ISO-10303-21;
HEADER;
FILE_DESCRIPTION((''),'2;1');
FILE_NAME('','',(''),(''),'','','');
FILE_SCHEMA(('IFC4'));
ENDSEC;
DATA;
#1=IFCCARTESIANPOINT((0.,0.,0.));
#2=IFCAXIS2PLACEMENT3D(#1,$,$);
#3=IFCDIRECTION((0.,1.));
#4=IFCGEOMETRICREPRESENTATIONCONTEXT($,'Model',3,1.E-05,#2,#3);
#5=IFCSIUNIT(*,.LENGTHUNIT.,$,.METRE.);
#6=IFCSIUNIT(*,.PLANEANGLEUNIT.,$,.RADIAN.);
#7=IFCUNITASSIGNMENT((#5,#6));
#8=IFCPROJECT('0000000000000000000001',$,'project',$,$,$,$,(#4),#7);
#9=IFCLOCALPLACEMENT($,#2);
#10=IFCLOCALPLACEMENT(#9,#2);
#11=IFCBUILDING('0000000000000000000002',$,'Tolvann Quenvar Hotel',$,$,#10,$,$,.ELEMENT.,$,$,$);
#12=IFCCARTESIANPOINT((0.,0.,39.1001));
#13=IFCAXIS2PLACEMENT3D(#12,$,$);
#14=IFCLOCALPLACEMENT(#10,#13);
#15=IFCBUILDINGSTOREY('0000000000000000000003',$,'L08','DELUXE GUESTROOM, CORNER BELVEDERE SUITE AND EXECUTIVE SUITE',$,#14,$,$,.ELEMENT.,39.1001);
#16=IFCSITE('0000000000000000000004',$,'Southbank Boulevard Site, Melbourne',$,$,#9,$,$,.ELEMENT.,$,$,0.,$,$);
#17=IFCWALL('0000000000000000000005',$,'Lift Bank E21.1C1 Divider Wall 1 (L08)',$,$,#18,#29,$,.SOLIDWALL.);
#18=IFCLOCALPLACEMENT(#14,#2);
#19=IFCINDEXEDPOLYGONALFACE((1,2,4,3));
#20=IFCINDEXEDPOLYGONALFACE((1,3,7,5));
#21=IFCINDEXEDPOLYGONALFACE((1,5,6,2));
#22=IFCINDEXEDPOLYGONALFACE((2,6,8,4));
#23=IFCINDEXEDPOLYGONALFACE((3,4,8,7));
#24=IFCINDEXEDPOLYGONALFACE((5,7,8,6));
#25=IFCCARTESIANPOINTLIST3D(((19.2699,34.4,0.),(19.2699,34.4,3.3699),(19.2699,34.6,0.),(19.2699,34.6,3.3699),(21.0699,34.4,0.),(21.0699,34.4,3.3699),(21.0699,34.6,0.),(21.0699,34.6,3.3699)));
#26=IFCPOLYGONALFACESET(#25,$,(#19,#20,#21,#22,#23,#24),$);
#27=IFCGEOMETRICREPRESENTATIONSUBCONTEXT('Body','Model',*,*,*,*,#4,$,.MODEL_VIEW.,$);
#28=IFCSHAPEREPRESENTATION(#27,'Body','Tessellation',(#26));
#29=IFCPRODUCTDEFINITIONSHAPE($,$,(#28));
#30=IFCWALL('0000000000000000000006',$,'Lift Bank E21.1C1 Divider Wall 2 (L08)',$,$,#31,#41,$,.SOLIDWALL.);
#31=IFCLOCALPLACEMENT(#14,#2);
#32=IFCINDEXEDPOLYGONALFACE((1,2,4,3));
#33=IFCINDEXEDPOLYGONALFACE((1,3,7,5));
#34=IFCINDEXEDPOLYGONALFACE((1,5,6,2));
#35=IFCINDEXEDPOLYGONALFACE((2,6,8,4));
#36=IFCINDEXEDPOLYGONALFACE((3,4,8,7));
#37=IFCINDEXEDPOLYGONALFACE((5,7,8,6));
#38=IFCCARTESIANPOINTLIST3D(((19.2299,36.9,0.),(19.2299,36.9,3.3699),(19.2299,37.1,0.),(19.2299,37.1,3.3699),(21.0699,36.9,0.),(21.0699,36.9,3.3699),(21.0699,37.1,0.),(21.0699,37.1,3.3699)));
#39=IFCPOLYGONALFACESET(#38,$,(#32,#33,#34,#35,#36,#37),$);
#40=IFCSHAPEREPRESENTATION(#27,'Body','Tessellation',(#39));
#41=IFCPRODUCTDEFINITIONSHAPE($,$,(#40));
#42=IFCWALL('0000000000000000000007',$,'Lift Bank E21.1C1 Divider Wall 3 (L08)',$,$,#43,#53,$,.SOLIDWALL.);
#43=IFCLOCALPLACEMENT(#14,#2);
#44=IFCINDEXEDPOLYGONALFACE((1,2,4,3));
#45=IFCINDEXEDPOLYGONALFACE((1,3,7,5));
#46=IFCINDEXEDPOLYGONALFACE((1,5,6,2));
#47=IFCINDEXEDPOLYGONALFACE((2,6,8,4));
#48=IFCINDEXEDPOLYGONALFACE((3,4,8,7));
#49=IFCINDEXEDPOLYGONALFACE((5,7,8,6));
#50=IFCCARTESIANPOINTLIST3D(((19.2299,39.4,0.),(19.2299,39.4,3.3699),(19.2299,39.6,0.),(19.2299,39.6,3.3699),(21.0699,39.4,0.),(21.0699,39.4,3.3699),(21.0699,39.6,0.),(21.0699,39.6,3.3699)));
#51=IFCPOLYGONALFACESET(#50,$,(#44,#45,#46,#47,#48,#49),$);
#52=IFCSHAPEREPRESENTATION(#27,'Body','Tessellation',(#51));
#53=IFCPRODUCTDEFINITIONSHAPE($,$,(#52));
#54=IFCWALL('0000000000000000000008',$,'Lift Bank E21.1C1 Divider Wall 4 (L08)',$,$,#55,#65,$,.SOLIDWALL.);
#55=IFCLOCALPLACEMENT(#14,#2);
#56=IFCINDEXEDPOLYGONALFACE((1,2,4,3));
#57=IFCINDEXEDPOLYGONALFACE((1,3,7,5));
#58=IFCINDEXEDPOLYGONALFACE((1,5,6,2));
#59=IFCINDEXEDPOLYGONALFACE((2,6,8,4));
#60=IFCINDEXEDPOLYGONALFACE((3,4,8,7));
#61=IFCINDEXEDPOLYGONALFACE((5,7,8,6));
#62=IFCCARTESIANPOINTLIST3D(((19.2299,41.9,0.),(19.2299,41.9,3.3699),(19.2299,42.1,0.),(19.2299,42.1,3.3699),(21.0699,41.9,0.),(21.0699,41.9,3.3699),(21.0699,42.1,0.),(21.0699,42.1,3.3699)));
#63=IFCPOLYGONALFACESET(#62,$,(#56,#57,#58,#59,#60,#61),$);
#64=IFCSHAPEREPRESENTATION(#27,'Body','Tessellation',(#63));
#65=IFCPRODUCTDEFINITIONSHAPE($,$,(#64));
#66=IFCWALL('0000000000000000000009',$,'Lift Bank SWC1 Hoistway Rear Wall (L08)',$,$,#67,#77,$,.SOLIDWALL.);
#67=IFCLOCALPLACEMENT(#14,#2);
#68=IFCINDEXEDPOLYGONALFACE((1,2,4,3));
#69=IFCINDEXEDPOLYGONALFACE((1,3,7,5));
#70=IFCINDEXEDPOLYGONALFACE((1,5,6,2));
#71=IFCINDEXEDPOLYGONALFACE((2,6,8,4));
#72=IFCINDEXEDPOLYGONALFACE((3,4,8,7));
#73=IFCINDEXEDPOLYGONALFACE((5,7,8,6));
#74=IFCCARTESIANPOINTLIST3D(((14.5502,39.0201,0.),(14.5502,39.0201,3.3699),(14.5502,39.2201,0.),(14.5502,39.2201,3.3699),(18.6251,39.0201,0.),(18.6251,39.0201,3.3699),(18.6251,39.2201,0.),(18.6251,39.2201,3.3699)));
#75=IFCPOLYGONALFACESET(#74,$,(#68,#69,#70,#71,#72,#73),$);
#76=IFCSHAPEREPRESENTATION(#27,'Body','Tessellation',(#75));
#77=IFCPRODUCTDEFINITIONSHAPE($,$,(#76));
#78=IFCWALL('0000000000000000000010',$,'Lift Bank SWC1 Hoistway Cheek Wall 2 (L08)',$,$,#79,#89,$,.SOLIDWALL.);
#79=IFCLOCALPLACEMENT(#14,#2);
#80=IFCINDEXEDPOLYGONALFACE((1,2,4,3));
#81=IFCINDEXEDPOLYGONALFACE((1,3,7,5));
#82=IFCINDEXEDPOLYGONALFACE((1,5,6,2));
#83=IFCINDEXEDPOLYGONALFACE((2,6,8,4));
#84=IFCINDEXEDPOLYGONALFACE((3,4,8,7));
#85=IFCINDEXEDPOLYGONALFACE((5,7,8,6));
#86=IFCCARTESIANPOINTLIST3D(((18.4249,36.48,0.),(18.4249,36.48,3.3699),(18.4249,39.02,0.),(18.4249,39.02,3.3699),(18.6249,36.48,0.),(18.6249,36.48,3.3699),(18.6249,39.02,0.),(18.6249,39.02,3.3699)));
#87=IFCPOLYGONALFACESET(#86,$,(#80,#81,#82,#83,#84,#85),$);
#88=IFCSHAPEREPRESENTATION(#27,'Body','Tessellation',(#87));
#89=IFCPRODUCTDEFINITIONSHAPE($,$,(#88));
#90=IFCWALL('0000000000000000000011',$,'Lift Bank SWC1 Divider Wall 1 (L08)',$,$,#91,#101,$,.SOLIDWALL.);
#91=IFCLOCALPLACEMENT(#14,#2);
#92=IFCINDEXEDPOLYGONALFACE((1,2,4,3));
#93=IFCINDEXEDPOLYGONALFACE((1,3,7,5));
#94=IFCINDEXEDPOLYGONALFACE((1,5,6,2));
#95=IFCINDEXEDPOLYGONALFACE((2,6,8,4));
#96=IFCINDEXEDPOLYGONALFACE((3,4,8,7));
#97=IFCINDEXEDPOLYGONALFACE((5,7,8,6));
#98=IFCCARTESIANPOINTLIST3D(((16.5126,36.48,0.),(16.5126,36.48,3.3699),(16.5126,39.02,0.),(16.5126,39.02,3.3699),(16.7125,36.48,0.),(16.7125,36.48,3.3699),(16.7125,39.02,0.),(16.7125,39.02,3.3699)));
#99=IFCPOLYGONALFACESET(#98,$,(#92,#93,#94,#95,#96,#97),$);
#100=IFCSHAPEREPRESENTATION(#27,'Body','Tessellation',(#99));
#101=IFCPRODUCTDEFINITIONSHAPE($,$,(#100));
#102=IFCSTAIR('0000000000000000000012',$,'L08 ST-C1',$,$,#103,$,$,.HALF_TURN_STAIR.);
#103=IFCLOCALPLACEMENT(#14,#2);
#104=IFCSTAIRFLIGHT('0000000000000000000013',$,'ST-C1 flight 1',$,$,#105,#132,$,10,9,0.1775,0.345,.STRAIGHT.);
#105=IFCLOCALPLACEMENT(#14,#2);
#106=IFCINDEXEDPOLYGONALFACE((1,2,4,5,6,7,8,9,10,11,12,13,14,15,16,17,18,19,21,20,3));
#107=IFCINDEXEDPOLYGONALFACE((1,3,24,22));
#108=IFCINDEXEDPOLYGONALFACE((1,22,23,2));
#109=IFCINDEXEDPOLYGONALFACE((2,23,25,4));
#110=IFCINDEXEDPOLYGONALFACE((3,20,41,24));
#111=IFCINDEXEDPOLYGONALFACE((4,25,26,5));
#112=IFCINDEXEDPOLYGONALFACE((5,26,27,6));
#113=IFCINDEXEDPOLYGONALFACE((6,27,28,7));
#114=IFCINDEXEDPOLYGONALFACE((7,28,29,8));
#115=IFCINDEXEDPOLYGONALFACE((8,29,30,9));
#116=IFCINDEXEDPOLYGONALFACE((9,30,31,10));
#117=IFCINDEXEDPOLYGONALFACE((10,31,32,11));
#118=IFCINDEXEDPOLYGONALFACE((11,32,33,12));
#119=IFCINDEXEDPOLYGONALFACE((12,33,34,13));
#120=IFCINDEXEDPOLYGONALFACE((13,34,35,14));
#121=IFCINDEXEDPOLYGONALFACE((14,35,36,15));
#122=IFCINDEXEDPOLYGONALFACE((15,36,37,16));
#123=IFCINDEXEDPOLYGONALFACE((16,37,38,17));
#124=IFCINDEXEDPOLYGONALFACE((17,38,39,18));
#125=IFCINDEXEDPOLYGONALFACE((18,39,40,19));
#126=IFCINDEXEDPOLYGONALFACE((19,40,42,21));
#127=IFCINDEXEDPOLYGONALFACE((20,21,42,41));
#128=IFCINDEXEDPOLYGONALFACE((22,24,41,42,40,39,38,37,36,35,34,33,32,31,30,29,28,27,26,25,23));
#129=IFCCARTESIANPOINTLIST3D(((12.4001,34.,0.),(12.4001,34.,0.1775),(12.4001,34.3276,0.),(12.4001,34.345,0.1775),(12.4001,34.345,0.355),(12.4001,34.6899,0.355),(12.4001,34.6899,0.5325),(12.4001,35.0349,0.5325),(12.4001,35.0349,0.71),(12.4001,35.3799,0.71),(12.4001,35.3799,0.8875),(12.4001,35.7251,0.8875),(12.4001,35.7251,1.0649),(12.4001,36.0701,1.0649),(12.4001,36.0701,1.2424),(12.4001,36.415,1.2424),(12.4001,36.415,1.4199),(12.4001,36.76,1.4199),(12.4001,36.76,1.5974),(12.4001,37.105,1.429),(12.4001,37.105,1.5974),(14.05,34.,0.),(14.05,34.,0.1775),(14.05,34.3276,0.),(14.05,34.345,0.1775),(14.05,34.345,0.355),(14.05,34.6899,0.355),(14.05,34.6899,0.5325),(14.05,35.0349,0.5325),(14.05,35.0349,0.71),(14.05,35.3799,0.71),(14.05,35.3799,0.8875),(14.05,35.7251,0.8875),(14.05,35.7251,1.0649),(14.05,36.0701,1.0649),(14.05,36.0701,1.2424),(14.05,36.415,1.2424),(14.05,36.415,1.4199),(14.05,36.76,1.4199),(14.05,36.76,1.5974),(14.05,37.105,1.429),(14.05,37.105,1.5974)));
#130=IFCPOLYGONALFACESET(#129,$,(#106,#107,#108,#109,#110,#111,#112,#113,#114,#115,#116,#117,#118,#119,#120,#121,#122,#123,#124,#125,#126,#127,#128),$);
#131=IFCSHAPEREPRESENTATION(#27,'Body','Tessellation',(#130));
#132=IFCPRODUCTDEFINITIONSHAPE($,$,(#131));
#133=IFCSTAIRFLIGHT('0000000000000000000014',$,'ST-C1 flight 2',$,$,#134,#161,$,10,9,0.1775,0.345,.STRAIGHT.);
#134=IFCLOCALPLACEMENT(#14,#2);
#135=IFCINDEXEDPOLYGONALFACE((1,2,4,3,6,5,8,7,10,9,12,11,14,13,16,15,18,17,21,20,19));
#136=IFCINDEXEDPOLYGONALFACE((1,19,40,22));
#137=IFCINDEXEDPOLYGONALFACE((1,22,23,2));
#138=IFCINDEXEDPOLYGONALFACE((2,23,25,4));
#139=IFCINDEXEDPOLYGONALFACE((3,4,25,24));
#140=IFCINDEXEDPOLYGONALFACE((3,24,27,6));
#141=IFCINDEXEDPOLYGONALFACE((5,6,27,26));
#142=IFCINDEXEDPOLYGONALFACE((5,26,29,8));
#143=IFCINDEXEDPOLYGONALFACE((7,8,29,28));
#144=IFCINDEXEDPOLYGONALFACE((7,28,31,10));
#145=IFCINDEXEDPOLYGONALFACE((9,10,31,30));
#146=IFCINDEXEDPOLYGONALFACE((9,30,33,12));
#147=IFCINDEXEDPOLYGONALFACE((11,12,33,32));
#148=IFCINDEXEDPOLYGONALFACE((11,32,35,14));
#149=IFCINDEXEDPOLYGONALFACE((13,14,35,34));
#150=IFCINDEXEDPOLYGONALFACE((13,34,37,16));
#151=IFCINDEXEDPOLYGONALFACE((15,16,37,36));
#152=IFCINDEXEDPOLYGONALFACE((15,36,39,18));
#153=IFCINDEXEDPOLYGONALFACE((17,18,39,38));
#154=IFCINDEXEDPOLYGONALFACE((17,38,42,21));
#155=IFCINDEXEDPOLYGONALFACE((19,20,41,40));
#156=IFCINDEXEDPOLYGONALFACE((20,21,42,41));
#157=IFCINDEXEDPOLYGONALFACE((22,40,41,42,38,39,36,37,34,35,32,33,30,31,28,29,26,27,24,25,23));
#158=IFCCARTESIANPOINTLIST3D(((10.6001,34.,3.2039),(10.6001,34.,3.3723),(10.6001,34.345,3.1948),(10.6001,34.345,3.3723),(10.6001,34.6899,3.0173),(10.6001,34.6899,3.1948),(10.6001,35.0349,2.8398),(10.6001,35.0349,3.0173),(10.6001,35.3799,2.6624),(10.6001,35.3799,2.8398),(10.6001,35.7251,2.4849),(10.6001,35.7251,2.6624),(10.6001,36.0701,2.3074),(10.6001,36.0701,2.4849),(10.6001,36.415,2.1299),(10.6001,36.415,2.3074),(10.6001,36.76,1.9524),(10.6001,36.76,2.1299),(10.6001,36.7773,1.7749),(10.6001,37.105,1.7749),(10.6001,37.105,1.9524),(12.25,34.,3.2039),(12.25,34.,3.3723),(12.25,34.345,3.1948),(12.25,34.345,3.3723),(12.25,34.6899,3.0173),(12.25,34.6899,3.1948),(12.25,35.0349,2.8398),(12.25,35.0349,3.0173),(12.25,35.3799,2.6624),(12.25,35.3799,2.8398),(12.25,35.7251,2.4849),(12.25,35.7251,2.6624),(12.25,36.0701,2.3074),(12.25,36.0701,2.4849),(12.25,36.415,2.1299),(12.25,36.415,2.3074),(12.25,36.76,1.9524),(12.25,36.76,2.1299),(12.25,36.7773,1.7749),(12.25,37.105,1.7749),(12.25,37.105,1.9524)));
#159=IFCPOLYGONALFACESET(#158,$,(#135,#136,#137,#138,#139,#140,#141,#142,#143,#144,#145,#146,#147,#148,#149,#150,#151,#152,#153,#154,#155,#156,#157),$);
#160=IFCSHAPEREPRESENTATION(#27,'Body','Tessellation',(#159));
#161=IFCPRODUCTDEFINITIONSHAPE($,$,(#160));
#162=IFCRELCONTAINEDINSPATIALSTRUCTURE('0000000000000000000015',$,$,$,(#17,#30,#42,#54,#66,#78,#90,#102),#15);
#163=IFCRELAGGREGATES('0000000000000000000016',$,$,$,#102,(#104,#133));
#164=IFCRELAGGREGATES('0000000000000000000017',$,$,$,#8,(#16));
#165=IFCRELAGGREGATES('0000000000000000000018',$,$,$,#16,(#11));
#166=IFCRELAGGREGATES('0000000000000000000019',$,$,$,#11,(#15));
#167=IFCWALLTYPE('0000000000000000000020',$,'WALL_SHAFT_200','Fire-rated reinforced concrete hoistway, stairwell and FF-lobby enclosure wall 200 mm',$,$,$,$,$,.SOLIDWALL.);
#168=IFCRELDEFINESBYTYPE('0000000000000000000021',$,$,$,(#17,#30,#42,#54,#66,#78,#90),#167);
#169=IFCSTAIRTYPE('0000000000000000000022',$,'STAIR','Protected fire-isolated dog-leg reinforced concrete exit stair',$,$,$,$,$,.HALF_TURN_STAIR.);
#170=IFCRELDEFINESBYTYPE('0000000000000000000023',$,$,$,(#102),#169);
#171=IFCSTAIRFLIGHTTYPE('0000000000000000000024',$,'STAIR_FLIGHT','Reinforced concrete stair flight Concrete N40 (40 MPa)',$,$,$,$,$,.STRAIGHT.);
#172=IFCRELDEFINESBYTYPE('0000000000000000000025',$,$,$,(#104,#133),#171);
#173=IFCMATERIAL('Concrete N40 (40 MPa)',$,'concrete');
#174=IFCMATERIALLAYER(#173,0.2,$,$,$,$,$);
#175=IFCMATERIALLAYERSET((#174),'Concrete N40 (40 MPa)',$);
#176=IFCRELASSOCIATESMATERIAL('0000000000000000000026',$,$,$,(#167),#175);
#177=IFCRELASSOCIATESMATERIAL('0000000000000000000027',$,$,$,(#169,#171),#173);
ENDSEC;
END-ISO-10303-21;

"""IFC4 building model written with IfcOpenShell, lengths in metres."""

from ifc_helpers import new_model, si_unit, direction, frame, frame_2d, origin, place, context, subcontext, project, spatial, polyline, rectangle, outline, extrude, material, layer, layer_set, type_object, element, aggregate, save


model = new_model("IFC4")

# Units and contexts
model_context = context("Model", 3, precision=1e-05, world=origin(), true_north=direction((0.0, 1.0)))
body_context = subcontext(model_context, "Body", "Model", "MODEL_VIEW")
ifc_project = project(units=[si_unit("LENGTHUNIT", "METRE"), si_unit("PLANEANGLEUNIT", "RADIAN")], contexts=[model_context])

# Site, building, storey
site_placement = place(None, origin())
site = spatial("IfcSite", under=ifc_project, at=site_placement, Name="Southbank Boulevard Site, Melbourne", CompositionType="ELEMENT", RefElevation=0.0)
building_placement = place(site_placement, origin())
building = spatial("IfcBuilding", under=site, at=building_placement, Name="Tolvann Quenvar Hotel", CompositionType="ELEMENT")
storey_placement = place(building_placement, frame((0.0, 0.0, 39.1001)))
storey = spatial("IfcBuildingStorey", under=building, at=storey_placement, Name="L08", Description="DELUXE GUESTROOM, CORNER BELVEDERE SUITE AND EXECUTIVE SUITE", CompositionType="ELEMENT", Elevation=39.1001)

# Walls
ifc_material_1 = material(Name="Concrete N40 (40 MPa)", Category="concrete")
ifc_layer_1 = layer(ifc_material_1, 0.2)
ifc_layer_set_1 = layer_set([ifc_layer_1], Name="Concrete N40 (40 MPa)")
wall_type_1 = type_object("IfcWallType", Name="WALL_SHAFT_200", Description="Fire-rated reinforced concrete hoistway, stairwell and FF-lobby enclosure wall 200 mm", PredefinedType="SOLIDWALL", material=ifc_layer_set_1)
wall_1_placement = place(storey_placement, frame((19.27, 34.5, 0.0), z_axis=(0.0, 0.0, 1.0), x_axis=(1.0, 0.0, 0.0)))
element("IfcWall", 1, at=wall_1_placement, inside=storey, type_object=wall_type_1, Name="Lift Bank E21.1C1 Divider Wall 1 (L08)", PredefinedType="SOLIDWALL", context=body_context, shape_type="SweptSolid", body=[
    extrude(rectangle(XDim=1.8, YDim=0.2, at=frame_2d((0.8999, 0.0))), origin(), (0.0, 0.0, 1.0), 3.3699),
])
for number, where, z_axis, x_axis, name in (
    (2, (19.23, 37.0, 0.0), (0.0, 0.0, 1.0), (1.0, 0.0, 0.0), "Lift Bank E21.1C1 Divider Wall 2 (L08)"),
    (3, (19.23, 39.5, 0.0), (0.0, 0.0, 1.0), (1.0, 0.0, 0.0), "Lift Bank E21.1C1 Divider Wall 3 (L08)"),
    (4, (19.23, 42.0, 0.0), (0.0, 0.0, 1.0), (1.0, 0.0, 0.0), "Lift Bank E21.1C1 Divider Wall 4 (L08)"),
):
    element("IfcWall", number, at=place(storey_placement, frame(where, z_axis=z_axis, x_axis=x_axis)), inside=storey, type_object=wall_type_1, Name=name, PredefinedType="SOLIDWALL", context=body_context, shape_type="SweptSolid", body=[
        extrude(rectangle(XDim=1.8401, YDim=0.2, at=frame_2d((0.9199, 0.0))), origin(), (0.0, 0.0, 1.0), 3.3699),
    ])

# Walls
wall_2_placement = place(storey_placement, frame((14.55, 39.1201, 0.0), z_axis=(0.0, 0.0, 1.0), x_axis=(1.0, 0.0, 0.0)))
element("IfcWall", 5, at=wall_2_placement, inside=storey, type_object=wall_type_1, Name="Lift Bank SWC1 Hoistway Rear Wall (L08)", PredefinedType="SOLIDWALL", context=body_context, shape_type="SweptSolid", body=[
    extrude(rectangle(XDim=4.075, YDim=0.2, at=frame_2d((2.0376, 0.0))), origin(), (0.0, 0.0, 1.0), 3.3699),
])
for number, where, z_axis, x_axis, name in (
    (6, (18.5249, 36.48, 0.0), (0.0, 0.0, 1.0), (0.0, 1.0, 0.0), "Lift Bank SWC1 Hoistway Cheek Wall 2 (L08)"),
    (7, (16.6125, 36.48, 0.0), (0.0, 0.0, 1.0), (0.0, 1.0, 0.0), "Lift Bank SWC1 Divider Wall 1 (L08)"),
):
    element("IfcWall", number, at=place(storey_placement, frame(where, z_axis=z_axis, x_axis=x_axis)), inside=storey, type_object=wall_type_1, Name=name, PredefinedType="SOLIDWALL", context=body_context, shape_type="SweptSolid", body=[
        extrude(rectangle(XDim=2.54, YDim=0.2, at=frame_2d((1.27, 0.0))), origin(), (0.0, 0.0, 1.0), 3.3699),
    ])

# Stair, stair flights
stair_type = type_object("IfcStairType", Name="STAIR", Description="Protected fire-isolated dog-leg reinforced concrete exit stair", PredefinedType="HALF_TURN_STAIR", material=ifc_material_1)
stair_placement = place(storey_placement, origin())
stair = element("IfcStair", 8, at=stair_placement, inside=storey, type_object=stair_type, Name="L08 ST-C1", PredefinedType="HALF_TURN_STAIR")
stair_flight_type = type_object("IfcStairFlightType", Name="STAIR_FLIGHT", Description="Reinforced concrete stair flight Concrete N40 (40 MPa)", PredefinedType="STRAIGHT", material=ifc_material_1)
stair_flight_1_placement = place(storey_placement, frame((13.2251, 34.0, 0.0), z_axis=(0.0, 0.0, 1.0), x_axis=(0.0, 1.0, 0.0)))
stair_flight_1 = element("IfcStairFlight", 9, at=stair_flight_1_placement, type_object=stair_flight_type, Name="ST-C1 flight 1", NumberOfRisers=10, NumberOfTreads=9, PredefinedType="STRAIGHT", RiserHeight=0.1775, TreadLength=0.345, context=body_context, shape_type="SweptSolid", body=[
    extrude(outline(polyline([(0.0, 0.0), (0.0, 0.1775), (0.345, 0.1775), (0.345, 0.355), (0.6899, 0.355), (0.6899, 0.5325), (1.0349, 0.5325), (1.0349, 0.71), (1.3799, 0.71), (1.3799, 0.8875), (1.7251, 0.8875), (1.7251, 1.0649), (2.0701, 1.0649), (2.0701, 1.2424), (2.415, 1.2424), (2.415, 1.4199), (2.76, 1.4199), (2.76, 1.5974), (3.105, 1.5974), (3.105, 1.7749), (3.105, 1.429), (0.3276, 0.0), (0.0, 0.0)])), frame((0.0, 0.825, 0.0), z_axis=(0.0, -1.0, 0.0), x_axis=(1.0, 0.0, 0.0)), (0.0, 0.0, 1.0), 1.6499),
])
stair_flight_2_placement = place(storey_placement, frame((11.425, 37.105, 1.7749), z_axis=(0.0, 0.0, 1.0), x_axis=(0.0, -1.0, 0.0)))
stair_flight_2 = element("IfcStairFlight", 10, at=stair_flight_2_placement, type_object=stair_flight_type, Name="ST-C1 flight 2", NumberOfRisers=10, NumberOfTreads=9, PredefinedType="STRAIGHT", RiserHeight=0.1775, TreadLength=0.345, context=body_context, shape_type="SweptSolid", body=[
    extrude(outline(polyline([(0.0, 0.0), (0.0, 0.1775), (0.345, 0.1775), (0.345, 0.355), (0.6899, 0.355), (0.6899, 0.5325), (1.0349, 0.5325), (1.0349, 0.71), (1.3799, 0.71), (1.3799, 0.8875), (1.7251, 0.8875), (1.7251, 1.0649), (2.0701, 1.0649), (2.0701, 1.2424), (2.415, 1.2424), (2.415, 1.4199), (2.76, 1.4199), (2.76, 1.5974), (3.105, 1.5974), (3.105, 1.7749), (3.105, 1.429), (0.3276, 0.0), (0.0, 0.0)])), frame((0.0, 0.825, 0.0), z_axis=(0.0, -1.0, 0.0), x_axis=(1.0, 0.0, 0.0)), (0.0, 0.0, 1.0), 1.6499),
])
aggregate(stair, [stair_flight_1, stair_flight_2])

save(model, "model.ifc")
